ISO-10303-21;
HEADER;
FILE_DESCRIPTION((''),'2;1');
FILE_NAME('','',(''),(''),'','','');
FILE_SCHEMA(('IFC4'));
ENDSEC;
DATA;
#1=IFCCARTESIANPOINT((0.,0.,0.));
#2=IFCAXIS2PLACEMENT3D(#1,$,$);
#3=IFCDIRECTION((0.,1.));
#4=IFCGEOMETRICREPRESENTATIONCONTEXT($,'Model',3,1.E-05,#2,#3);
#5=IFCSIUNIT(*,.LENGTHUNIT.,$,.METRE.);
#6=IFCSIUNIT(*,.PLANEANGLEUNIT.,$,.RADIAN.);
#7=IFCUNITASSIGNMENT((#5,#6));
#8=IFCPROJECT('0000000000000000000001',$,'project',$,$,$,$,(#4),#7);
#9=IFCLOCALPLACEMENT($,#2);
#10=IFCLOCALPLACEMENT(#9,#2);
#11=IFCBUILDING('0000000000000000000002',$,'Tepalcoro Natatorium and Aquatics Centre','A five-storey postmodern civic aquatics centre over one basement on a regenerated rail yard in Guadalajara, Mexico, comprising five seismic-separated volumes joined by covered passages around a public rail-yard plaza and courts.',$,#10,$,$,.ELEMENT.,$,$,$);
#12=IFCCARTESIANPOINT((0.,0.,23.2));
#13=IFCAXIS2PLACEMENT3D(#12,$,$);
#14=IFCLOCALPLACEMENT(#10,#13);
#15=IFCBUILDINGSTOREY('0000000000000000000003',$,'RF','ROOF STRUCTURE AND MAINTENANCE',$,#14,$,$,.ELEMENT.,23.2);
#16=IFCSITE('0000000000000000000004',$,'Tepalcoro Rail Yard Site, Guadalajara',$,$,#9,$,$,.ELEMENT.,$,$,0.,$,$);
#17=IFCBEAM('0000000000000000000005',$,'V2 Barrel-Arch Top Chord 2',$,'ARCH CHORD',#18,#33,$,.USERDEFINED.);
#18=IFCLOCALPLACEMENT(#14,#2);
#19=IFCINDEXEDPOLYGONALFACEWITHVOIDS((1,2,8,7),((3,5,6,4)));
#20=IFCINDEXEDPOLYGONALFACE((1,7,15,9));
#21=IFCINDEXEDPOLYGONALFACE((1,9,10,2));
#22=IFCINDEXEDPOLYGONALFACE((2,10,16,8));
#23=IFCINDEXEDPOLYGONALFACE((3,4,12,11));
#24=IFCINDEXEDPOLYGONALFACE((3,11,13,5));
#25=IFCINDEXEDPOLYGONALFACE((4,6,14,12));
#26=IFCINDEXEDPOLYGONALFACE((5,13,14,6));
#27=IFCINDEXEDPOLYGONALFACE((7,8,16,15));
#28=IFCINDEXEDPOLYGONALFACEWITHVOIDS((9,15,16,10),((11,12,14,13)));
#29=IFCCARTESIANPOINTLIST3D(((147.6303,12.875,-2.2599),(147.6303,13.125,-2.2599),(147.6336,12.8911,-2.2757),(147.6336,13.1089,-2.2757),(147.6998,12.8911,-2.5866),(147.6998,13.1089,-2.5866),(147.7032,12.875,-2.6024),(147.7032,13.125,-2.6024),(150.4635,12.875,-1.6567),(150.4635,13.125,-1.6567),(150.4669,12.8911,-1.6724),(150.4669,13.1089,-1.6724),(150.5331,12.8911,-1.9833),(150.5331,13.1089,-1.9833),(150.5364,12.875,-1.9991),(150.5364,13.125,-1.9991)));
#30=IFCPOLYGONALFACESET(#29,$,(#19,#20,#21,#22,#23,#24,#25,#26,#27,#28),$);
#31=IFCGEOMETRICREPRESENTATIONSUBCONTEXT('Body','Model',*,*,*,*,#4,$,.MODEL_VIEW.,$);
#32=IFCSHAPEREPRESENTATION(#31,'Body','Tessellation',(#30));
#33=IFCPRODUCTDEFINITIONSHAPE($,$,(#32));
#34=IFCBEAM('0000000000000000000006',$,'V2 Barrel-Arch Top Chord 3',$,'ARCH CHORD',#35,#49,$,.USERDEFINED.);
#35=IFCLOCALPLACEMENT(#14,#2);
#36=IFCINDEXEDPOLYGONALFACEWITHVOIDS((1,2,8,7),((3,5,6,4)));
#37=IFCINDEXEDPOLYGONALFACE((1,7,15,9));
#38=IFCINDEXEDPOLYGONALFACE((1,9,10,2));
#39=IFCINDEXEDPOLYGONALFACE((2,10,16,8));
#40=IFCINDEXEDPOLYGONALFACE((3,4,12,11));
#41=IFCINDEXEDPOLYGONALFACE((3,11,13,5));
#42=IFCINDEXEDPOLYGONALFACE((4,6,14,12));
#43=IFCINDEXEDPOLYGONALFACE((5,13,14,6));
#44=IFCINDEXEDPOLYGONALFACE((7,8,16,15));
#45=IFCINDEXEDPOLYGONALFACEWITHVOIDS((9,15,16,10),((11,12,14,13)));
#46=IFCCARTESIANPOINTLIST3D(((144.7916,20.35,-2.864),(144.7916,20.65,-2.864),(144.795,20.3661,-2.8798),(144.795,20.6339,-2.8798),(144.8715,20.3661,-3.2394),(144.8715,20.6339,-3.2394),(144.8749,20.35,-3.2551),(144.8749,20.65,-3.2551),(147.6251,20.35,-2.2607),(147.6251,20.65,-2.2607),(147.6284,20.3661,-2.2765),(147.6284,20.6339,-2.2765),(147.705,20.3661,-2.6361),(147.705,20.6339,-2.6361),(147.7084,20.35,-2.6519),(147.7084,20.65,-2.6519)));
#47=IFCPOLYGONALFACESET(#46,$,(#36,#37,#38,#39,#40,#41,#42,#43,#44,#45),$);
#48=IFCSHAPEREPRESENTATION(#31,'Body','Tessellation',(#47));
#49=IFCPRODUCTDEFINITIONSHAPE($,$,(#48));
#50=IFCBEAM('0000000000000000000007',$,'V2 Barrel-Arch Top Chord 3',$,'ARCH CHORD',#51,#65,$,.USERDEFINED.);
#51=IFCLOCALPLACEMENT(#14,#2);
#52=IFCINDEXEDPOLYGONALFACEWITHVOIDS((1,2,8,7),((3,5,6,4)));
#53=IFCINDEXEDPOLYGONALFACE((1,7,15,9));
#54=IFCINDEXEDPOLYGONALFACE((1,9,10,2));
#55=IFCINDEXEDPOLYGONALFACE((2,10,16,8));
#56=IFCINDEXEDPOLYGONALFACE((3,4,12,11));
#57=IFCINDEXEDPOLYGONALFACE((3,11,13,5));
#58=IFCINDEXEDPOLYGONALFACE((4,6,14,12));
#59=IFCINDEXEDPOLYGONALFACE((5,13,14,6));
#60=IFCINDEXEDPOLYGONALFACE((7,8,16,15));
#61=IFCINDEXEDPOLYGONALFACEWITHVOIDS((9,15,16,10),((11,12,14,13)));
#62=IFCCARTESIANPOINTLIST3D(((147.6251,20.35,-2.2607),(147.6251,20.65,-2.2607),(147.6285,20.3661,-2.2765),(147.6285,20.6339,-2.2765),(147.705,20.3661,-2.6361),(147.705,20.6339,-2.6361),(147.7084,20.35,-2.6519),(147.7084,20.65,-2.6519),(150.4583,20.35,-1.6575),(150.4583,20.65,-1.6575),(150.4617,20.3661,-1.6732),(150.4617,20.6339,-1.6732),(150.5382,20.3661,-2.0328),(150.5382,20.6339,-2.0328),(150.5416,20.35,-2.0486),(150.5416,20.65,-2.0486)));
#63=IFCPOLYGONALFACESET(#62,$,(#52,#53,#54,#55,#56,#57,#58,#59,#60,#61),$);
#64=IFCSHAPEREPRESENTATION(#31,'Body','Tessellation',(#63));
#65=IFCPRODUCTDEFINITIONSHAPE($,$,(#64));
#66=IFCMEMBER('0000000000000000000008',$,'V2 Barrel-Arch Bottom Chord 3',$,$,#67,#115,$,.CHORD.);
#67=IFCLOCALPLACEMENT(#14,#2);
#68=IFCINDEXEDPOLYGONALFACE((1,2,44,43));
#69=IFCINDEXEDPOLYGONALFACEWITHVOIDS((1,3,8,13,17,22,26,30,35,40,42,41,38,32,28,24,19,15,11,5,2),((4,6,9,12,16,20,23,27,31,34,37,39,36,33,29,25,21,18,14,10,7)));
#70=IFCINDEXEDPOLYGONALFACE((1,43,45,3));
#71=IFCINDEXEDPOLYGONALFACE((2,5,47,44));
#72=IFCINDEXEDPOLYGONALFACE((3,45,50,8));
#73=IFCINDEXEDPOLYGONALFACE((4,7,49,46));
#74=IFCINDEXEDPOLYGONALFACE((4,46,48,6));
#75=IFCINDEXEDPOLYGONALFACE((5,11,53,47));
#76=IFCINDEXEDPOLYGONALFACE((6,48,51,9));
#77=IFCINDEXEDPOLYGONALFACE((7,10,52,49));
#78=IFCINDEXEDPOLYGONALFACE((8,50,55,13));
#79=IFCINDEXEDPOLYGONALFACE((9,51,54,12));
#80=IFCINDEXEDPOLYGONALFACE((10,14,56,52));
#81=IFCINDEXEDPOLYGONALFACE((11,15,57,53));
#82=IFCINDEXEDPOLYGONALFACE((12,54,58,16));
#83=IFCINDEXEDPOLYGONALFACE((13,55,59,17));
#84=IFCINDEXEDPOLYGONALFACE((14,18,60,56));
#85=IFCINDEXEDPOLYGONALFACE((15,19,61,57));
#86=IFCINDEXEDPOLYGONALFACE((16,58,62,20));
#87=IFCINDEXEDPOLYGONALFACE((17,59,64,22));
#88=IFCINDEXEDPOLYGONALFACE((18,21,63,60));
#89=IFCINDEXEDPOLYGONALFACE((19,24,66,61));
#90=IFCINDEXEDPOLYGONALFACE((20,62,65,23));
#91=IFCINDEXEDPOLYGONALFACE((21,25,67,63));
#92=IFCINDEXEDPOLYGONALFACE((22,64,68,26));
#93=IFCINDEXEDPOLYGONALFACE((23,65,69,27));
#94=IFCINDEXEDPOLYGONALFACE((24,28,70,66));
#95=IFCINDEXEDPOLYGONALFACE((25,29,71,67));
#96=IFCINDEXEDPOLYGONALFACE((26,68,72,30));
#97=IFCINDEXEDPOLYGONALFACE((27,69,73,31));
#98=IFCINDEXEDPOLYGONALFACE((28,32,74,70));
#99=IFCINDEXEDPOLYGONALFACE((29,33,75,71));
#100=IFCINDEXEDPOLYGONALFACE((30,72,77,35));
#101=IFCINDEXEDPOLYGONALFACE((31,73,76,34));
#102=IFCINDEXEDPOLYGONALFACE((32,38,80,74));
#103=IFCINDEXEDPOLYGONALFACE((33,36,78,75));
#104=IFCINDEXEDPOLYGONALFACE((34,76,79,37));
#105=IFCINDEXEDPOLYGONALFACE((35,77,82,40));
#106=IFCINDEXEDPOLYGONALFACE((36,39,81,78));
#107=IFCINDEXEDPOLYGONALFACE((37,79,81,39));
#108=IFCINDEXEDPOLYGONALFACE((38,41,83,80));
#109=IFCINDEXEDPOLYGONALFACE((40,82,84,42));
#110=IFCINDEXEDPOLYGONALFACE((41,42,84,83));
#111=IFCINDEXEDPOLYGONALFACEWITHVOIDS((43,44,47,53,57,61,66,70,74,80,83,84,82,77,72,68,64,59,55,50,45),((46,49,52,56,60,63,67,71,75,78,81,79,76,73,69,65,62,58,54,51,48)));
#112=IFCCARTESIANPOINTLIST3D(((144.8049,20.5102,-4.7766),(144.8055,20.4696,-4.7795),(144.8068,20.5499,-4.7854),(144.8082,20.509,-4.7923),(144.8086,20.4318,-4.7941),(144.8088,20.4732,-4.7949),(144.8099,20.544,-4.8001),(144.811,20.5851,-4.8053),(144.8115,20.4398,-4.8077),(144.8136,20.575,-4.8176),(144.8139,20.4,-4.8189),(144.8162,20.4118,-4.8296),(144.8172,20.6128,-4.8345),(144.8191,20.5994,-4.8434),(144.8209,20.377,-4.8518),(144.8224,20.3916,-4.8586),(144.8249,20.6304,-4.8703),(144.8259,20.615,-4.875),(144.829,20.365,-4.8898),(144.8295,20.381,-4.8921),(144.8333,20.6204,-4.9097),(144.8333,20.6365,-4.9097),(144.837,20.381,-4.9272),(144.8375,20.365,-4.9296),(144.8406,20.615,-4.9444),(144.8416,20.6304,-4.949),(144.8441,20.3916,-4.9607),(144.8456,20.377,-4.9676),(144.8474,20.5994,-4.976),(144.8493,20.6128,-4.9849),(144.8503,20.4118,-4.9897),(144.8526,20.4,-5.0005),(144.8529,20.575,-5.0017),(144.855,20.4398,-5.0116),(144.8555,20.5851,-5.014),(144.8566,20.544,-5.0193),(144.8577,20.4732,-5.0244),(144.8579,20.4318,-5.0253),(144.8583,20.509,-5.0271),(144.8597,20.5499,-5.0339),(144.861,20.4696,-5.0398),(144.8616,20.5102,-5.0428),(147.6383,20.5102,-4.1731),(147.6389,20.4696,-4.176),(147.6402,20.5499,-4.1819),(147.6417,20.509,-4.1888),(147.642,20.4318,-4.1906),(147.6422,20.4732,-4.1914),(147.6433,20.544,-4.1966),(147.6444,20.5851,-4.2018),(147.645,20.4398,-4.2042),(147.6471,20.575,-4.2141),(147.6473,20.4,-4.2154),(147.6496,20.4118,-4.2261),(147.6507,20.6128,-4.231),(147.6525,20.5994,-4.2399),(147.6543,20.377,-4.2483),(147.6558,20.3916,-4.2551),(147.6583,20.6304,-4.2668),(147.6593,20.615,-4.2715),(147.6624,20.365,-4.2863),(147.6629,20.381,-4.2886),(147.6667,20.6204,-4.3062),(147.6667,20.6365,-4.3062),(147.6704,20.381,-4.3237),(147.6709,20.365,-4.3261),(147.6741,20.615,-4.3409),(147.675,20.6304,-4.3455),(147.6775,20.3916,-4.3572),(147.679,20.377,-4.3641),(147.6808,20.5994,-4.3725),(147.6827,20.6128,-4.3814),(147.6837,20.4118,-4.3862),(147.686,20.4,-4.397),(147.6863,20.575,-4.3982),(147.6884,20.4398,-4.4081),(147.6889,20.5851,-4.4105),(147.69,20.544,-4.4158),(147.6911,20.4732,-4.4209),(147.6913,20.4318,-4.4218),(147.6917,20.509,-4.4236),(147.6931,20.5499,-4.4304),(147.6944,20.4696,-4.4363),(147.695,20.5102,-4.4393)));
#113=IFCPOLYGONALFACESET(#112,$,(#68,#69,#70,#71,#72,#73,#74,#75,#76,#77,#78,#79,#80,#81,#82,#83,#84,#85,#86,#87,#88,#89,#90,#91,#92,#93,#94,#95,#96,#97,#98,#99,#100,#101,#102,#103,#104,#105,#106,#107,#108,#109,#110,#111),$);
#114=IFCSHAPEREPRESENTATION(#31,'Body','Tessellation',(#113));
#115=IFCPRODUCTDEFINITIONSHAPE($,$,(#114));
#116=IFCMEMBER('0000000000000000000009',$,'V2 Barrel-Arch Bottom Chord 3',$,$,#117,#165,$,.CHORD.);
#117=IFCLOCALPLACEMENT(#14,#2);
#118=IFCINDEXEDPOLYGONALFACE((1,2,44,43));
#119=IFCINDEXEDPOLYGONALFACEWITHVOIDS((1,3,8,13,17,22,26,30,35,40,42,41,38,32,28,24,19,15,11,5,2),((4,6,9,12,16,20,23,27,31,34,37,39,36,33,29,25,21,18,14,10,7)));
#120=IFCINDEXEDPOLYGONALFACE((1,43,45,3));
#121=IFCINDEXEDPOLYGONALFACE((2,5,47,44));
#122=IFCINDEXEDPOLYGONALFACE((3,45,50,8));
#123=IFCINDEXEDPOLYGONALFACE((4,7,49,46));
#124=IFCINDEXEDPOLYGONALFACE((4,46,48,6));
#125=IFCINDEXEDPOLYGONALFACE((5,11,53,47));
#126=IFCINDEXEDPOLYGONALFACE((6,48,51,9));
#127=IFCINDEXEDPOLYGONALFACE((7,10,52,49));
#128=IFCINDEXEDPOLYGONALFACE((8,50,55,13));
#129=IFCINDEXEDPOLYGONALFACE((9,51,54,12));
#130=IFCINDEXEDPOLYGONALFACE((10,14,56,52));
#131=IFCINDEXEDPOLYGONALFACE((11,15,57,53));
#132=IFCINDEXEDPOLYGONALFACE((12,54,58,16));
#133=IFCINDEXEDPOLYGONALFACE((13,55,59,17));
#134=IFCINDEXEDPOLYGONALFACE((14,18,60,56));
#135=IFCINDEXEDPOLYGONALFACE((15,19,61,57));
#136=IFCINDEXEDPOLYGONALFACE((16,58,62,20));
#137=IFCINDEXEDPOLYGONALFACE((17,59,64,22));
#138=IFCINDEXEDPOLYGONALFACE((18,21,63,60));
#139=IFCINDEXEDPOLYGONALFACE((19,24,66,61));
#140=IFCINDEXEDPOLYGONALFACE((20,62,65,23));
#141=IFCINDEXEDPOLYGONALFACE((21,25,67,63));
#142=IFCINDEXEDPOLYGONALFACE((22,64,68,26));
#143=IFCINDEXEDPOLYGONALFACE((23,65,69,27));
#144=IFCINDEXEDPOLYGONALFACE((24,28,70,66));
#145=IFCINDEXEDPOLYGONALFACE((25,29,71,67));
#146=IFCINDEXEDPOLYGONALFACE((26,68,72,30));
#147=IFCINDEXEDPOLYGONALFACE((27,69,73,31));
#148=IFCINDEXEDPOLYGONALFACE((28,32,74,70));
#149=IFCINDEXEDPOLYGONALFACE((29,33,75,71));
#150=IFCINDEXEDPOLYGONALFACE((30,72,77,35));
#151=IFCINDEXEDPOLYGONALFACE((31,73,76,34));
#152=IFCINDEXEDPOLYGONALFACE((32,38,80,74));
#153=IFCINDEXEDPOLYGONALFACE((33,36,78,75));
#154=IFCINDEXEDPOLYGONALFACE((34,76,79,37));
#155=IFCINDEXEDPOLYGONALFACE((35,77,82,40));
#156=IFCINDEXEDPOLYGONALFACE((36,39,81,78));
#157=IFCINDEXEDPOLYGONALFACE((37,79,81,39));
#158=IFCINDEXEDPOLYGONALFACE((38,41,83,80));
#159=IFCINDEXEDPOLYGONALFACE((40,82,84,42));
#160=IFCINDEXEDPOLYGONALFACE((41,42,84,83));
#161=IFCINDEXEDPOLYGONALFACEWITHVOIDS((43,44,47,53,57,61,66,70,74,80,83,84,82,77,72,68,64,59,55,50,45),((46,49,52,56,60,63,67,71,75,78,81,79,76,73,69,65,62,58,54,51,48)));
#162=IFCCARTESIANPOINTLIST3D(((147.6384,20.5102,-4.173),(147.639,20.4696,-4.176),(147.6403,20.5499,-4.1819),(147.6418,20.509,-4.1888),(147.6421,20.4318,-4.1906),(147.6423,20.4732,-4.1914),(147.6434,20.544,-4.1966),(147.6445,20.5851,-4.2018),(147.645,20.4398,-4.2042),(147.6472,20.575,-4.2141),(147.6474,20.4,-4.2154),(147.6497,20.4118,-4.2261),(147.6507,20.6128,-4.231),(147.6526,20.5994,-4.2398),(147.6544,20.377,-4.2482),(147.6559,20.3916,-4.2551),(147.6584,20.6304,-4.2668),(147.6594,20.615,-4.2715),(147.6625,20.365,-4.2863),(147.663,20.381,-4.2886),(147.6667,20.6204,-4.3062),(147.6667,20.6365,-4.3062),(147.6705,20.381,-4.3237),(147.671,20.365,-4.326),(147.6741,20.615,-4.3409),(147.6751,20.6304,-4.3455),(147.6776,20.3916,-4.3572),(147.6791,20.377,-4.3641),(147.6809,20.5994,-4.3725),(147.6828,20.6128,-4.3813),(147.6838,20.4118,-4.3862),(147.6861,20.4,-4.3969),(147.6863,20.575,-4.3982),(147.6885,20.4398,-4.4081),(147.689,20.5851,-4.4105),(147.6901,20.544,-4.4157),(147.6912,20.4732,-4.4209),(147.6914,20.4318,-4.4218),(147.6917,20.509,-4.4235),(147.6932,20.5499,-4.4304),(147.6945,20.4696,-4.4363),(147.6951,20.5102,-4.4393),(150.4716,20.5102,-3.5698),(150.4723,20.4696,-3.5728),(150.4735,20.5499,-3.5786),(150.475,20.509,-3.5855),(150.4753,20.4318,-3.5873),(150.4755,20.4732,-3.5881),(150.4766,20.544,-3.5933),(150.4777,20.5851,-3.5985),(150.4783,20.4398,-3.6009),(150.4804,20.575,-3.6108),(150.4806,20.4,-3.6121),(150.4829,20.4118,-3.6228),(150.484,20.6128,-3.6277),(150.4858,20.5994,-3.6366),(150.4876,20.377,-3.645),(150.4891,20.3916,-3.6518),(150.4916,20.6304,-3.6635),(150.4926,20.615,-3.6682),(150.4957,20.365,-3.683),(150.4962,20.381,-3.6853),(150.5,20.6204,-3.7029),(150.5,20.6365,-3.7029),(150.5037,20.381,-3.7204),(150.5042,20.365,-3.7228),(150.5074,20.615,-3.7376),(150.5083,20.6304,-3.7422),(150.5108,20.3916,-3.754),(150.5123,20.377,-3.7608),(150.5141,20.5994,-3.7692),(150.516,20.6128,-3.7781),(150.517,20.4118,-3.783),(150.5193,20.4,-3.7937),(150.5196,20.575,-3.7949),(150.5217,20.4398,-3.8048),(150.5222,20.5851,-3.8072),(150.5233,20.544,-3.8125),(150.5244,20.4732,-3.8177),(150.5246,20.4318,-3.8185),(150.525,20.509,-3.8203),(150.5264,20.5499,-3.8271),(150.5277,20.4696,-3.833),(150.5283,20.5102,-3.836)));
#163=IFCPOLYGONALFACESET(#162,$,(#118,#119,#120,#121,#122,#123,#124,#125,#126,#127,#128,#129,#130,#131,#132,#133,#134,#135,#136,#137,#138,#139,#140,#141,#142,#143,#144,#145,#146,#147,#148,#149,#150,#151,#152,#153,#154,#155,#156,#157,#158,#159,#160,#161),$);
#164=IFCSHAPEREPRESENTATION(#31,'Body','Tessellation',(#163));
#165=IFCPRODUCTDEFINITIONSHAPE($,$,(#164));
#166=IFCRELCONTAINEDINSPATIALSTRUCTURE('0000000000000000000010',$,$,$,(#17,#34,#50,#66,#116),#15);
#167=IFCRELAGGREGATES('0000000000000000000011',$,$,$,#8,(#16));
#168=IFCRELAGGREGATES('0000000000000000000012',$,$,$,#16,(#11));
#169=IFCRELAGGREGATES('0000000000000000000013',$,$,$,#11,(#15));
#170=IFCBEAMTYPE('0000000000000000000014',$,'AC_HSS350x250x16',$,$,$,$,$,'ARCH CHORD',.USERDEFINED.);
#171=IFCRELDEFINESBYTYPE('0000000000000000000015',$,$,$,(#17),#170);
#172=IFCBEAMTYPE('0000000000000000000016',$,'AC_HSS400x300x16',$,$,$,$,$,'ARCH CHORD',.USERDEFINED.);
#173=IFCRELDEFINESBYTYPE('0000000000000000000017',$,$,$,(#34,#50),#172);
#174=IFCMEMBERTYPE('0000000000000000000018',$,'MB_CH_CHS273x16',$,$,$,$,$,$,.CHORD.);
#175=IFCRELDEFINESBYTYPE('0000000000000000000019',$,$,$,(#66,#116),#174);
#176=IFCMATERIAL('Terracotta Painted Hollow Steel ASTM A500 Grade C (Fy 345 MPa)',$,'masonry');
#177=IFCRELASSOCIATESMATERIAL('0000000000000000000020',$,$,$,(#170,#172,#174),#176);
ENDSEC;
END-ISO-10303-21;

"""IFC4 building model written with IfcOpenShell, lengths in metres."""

from ifc_helpers import new_model, si_unit, direction, frame, origin, origin_2d, place, context, subcontext, project, spatial, hollow_rectangle, hollow_circle, extrude, material, material_profile, profile_set, type_object, element, save


model = new_model("IFC4")

# Units and contexts
model_context = context("Model", 3, precision=1e-05, world=origin(), true_north=direction((0.0, 1.0)))
body_context = subcontext(model_context, "Body", "Model", "MODEL_VIEW")
ifc_project = project(units=[si_unit("LENGTHUNIT", "METRE"), si_unit("PLANEANGLEUNIT", "RADIAN")], contexts=[model_context])

# Site, building, storey
site_placement = place(None, origin())
site = spatial("IfcSite", under=ifc_project, at=site_placement, Name="Tepalcoro Rail Yard Site, Guadalajara", CompositionType="ELEMENT", RefElevation=0.0)
building_placement = place(site_placement, origin())
building = spatial("IfcBuilding", under=site, at=building_placement, Name="Tepalcoro Natatorium and Aquatics Centre", Description="A five-storey postmodern civic aquatics centre over one basement on a regenerated rail yard in Guadalajara, Mexico, comprising five seismic-separated volumes joined by covered passages around a public rail-yard plaza and courts.", CompositionType="ELEMENT")
storey_placement = place(building_placement, frame((0.0, 0.0, 23.2)))
storey = spatial("IfcBuildingStorey", under=building, at=storey_placement, Name="RF", Description="ROOF STRUCTURE AND MAINTENANCE", CompositionType="ELEMENT", Elevation=23.2)

# Beams
ifc_material = material(Name="Terracotta Painted Hollow Steel ASTM A500 Grade C (Fy 345 MPa)", Category="masonry")
ifc_material_profile_1 = material_profile(ifc_material, hollow_rectangle(XDim=0.25, YDim=0.3501, WallThickness=0.0161, at=origin_2d()), Name="HSS350X250X16")
ifc_profile_set_1 = profile_set([ifc_material_profile_1], Name="Terracotta Painted Hollow Steel ASTM A500 Grade C (Fy 345 MPa)")
beam_type_1 = type_object("IfcBeamType", Name="AC_HSS350x250x16", ElementType="ARCH CHORD", PredefinedType="USERDEFINED", material=ifc_profile_set_1)
beam_1_placement = place(storey_placement, frame((147.6667, 13.0, -2.4312), z_axis=(0.978074, 0.0, 0.208257), x_axis=(0.0, 1.0, 0.0)))
element("IfcBeam", 1, at=beam_1_placement, inside=storey, type_object=beam_type_1, Name="V2 Barrel-Arch Top Chord 2", ObjectType="ARCH CHORD", PredefinedType="USERDEFINED", context=body_context, shape_type="SweptSolid", body=[
    extrude(hollow_rectangle(XDim=0.25, YDim=0.3501, WallThickness=0.0161, at=origin_2d()), origin(), (0.0, 0.0, 1.0), 2.8967),
])
ifc_material_profile_2 = material_profile(ifc_material, hollow_rectangle(XDim=0.3, YDim=0.3999, WallThickness=0.0161, at=origin_2d()), Name="HSS400X300X16")
ifc_profile_set_2 = profile_set([ifc_material_profile_2], Name="Terracotta Painted Hollow Steel ASTM A500 Grade C (Fy 345 MPa)")
beam_type_2 = type_object("IfcBeamType", Name="AC_HSS400x300x16", ElementType="ARCH CHORD", PredefinedType="USERDEFINED", material=ifc_profile_set_2)
beam_2_placement = place(storey_placement, frame((144.8333, 20.5, -3.0596), z_axis=(0.978078, 0.0, 0.20824), x_axis=(0.0, 1.0, 0.0)))
element("IfcBeam", 2, at=beam_2_placement, inside=storey, type_object=beam_type_2, Name="V2 Barrel-Arch Top Chord 3", ObjectType="ARCH CHORD", PredefinedType="USERDEFINED", context=body_context, shape_type="SweptSolid", body=[
    extrude(hollow_rectangle(XDim=0.3, YDim=0.3999, WallThickness=0.0161, at=origin_2d()), origin(), (0.0, 0.0, 1.0), 2.897),
])
beam_3_placement = place(storey_placement, frame((147.6667, 20.5, -2.4563), z_axis=(0.978074, 0.0, 0.208257), x_axis=(0.0, 1.0, 0.0)))
element("IfcBeam", 3, at=beam_3_placement, inside=storey, type_object=beam_type_2, Name="V2 Barrel-Arch Top Chord 3", ObjectType="ARCH CHORD", PredefinedType="USERDEFINED", context=body_context, shape_type="SweptSolid", body=[
    extrude(hollow_rectangle(XDim=0.3, YDim=0.3999, WallThickness=0.0161, at=origin_2d()), origin(), (0.0, 0.0, 1.0), 2.8967),
])

# Members
ifc_material_profile_3 = material_profile(ifc_material, hollow_circle(Radius=0.1365, WallThickness=0.0161, at=origin_2d()), Name="CHS273X16")
ifc_profile_set_3 = profile_set([ifc_material_profile_3], Name="Terracotta Painted Hollow Steel ASTM A500 Grade C (Fy 345 MPa)")
member_type_1 = type_object("IfcMemberType", Name="MB_CH_CHS273x16", PredefinedType="CHORD", material=ifc_profile_set_3)
member_1_placement = place(storey_placement, frame((144.8333, 20.5, -4.9097), z_axis=(0.978061, 0.0, 0.20832), x_axis=(0.0, 1.0, 0.0)))
element("IfcMember", 4, at=member_1_placement, inside=storey, type_object=member_type_1, Name="V2 Barrel-Arch Bottom Chord 3", PredefinedType="CHORD", context=body_context, shape_type="SweptSolid", body=[
    extrude(hollow_circle(Radius=0.1365, WallThickness=0.0161, at=origin_2d()), origin(), (0.0, 0.0, 1.0), 2.897),
])
member_2_placement = place(storey_placement, frame((147.6667, 20.5, -4.3062), z_axis=(0.978074, 0.0, 0.208257), x_axis=(0.0, 1.0, 0.0)))
element("IfcMember", 5, at=member_2_placement, inside=storey, type_object=member_type_1, Name="V2 Barrel-Arch Bottom Chord 3", PredefinedType="CHORD", context=body_context, shape_type="SweptSolid", body=[
    extrude(hollow_circle(Radius=0.1365, WallThickness=0.0161, at=origin_2d()), origin(), (0.0, 0.0, 1.0), 2.8967),
])

save(model, "model.ifc")
